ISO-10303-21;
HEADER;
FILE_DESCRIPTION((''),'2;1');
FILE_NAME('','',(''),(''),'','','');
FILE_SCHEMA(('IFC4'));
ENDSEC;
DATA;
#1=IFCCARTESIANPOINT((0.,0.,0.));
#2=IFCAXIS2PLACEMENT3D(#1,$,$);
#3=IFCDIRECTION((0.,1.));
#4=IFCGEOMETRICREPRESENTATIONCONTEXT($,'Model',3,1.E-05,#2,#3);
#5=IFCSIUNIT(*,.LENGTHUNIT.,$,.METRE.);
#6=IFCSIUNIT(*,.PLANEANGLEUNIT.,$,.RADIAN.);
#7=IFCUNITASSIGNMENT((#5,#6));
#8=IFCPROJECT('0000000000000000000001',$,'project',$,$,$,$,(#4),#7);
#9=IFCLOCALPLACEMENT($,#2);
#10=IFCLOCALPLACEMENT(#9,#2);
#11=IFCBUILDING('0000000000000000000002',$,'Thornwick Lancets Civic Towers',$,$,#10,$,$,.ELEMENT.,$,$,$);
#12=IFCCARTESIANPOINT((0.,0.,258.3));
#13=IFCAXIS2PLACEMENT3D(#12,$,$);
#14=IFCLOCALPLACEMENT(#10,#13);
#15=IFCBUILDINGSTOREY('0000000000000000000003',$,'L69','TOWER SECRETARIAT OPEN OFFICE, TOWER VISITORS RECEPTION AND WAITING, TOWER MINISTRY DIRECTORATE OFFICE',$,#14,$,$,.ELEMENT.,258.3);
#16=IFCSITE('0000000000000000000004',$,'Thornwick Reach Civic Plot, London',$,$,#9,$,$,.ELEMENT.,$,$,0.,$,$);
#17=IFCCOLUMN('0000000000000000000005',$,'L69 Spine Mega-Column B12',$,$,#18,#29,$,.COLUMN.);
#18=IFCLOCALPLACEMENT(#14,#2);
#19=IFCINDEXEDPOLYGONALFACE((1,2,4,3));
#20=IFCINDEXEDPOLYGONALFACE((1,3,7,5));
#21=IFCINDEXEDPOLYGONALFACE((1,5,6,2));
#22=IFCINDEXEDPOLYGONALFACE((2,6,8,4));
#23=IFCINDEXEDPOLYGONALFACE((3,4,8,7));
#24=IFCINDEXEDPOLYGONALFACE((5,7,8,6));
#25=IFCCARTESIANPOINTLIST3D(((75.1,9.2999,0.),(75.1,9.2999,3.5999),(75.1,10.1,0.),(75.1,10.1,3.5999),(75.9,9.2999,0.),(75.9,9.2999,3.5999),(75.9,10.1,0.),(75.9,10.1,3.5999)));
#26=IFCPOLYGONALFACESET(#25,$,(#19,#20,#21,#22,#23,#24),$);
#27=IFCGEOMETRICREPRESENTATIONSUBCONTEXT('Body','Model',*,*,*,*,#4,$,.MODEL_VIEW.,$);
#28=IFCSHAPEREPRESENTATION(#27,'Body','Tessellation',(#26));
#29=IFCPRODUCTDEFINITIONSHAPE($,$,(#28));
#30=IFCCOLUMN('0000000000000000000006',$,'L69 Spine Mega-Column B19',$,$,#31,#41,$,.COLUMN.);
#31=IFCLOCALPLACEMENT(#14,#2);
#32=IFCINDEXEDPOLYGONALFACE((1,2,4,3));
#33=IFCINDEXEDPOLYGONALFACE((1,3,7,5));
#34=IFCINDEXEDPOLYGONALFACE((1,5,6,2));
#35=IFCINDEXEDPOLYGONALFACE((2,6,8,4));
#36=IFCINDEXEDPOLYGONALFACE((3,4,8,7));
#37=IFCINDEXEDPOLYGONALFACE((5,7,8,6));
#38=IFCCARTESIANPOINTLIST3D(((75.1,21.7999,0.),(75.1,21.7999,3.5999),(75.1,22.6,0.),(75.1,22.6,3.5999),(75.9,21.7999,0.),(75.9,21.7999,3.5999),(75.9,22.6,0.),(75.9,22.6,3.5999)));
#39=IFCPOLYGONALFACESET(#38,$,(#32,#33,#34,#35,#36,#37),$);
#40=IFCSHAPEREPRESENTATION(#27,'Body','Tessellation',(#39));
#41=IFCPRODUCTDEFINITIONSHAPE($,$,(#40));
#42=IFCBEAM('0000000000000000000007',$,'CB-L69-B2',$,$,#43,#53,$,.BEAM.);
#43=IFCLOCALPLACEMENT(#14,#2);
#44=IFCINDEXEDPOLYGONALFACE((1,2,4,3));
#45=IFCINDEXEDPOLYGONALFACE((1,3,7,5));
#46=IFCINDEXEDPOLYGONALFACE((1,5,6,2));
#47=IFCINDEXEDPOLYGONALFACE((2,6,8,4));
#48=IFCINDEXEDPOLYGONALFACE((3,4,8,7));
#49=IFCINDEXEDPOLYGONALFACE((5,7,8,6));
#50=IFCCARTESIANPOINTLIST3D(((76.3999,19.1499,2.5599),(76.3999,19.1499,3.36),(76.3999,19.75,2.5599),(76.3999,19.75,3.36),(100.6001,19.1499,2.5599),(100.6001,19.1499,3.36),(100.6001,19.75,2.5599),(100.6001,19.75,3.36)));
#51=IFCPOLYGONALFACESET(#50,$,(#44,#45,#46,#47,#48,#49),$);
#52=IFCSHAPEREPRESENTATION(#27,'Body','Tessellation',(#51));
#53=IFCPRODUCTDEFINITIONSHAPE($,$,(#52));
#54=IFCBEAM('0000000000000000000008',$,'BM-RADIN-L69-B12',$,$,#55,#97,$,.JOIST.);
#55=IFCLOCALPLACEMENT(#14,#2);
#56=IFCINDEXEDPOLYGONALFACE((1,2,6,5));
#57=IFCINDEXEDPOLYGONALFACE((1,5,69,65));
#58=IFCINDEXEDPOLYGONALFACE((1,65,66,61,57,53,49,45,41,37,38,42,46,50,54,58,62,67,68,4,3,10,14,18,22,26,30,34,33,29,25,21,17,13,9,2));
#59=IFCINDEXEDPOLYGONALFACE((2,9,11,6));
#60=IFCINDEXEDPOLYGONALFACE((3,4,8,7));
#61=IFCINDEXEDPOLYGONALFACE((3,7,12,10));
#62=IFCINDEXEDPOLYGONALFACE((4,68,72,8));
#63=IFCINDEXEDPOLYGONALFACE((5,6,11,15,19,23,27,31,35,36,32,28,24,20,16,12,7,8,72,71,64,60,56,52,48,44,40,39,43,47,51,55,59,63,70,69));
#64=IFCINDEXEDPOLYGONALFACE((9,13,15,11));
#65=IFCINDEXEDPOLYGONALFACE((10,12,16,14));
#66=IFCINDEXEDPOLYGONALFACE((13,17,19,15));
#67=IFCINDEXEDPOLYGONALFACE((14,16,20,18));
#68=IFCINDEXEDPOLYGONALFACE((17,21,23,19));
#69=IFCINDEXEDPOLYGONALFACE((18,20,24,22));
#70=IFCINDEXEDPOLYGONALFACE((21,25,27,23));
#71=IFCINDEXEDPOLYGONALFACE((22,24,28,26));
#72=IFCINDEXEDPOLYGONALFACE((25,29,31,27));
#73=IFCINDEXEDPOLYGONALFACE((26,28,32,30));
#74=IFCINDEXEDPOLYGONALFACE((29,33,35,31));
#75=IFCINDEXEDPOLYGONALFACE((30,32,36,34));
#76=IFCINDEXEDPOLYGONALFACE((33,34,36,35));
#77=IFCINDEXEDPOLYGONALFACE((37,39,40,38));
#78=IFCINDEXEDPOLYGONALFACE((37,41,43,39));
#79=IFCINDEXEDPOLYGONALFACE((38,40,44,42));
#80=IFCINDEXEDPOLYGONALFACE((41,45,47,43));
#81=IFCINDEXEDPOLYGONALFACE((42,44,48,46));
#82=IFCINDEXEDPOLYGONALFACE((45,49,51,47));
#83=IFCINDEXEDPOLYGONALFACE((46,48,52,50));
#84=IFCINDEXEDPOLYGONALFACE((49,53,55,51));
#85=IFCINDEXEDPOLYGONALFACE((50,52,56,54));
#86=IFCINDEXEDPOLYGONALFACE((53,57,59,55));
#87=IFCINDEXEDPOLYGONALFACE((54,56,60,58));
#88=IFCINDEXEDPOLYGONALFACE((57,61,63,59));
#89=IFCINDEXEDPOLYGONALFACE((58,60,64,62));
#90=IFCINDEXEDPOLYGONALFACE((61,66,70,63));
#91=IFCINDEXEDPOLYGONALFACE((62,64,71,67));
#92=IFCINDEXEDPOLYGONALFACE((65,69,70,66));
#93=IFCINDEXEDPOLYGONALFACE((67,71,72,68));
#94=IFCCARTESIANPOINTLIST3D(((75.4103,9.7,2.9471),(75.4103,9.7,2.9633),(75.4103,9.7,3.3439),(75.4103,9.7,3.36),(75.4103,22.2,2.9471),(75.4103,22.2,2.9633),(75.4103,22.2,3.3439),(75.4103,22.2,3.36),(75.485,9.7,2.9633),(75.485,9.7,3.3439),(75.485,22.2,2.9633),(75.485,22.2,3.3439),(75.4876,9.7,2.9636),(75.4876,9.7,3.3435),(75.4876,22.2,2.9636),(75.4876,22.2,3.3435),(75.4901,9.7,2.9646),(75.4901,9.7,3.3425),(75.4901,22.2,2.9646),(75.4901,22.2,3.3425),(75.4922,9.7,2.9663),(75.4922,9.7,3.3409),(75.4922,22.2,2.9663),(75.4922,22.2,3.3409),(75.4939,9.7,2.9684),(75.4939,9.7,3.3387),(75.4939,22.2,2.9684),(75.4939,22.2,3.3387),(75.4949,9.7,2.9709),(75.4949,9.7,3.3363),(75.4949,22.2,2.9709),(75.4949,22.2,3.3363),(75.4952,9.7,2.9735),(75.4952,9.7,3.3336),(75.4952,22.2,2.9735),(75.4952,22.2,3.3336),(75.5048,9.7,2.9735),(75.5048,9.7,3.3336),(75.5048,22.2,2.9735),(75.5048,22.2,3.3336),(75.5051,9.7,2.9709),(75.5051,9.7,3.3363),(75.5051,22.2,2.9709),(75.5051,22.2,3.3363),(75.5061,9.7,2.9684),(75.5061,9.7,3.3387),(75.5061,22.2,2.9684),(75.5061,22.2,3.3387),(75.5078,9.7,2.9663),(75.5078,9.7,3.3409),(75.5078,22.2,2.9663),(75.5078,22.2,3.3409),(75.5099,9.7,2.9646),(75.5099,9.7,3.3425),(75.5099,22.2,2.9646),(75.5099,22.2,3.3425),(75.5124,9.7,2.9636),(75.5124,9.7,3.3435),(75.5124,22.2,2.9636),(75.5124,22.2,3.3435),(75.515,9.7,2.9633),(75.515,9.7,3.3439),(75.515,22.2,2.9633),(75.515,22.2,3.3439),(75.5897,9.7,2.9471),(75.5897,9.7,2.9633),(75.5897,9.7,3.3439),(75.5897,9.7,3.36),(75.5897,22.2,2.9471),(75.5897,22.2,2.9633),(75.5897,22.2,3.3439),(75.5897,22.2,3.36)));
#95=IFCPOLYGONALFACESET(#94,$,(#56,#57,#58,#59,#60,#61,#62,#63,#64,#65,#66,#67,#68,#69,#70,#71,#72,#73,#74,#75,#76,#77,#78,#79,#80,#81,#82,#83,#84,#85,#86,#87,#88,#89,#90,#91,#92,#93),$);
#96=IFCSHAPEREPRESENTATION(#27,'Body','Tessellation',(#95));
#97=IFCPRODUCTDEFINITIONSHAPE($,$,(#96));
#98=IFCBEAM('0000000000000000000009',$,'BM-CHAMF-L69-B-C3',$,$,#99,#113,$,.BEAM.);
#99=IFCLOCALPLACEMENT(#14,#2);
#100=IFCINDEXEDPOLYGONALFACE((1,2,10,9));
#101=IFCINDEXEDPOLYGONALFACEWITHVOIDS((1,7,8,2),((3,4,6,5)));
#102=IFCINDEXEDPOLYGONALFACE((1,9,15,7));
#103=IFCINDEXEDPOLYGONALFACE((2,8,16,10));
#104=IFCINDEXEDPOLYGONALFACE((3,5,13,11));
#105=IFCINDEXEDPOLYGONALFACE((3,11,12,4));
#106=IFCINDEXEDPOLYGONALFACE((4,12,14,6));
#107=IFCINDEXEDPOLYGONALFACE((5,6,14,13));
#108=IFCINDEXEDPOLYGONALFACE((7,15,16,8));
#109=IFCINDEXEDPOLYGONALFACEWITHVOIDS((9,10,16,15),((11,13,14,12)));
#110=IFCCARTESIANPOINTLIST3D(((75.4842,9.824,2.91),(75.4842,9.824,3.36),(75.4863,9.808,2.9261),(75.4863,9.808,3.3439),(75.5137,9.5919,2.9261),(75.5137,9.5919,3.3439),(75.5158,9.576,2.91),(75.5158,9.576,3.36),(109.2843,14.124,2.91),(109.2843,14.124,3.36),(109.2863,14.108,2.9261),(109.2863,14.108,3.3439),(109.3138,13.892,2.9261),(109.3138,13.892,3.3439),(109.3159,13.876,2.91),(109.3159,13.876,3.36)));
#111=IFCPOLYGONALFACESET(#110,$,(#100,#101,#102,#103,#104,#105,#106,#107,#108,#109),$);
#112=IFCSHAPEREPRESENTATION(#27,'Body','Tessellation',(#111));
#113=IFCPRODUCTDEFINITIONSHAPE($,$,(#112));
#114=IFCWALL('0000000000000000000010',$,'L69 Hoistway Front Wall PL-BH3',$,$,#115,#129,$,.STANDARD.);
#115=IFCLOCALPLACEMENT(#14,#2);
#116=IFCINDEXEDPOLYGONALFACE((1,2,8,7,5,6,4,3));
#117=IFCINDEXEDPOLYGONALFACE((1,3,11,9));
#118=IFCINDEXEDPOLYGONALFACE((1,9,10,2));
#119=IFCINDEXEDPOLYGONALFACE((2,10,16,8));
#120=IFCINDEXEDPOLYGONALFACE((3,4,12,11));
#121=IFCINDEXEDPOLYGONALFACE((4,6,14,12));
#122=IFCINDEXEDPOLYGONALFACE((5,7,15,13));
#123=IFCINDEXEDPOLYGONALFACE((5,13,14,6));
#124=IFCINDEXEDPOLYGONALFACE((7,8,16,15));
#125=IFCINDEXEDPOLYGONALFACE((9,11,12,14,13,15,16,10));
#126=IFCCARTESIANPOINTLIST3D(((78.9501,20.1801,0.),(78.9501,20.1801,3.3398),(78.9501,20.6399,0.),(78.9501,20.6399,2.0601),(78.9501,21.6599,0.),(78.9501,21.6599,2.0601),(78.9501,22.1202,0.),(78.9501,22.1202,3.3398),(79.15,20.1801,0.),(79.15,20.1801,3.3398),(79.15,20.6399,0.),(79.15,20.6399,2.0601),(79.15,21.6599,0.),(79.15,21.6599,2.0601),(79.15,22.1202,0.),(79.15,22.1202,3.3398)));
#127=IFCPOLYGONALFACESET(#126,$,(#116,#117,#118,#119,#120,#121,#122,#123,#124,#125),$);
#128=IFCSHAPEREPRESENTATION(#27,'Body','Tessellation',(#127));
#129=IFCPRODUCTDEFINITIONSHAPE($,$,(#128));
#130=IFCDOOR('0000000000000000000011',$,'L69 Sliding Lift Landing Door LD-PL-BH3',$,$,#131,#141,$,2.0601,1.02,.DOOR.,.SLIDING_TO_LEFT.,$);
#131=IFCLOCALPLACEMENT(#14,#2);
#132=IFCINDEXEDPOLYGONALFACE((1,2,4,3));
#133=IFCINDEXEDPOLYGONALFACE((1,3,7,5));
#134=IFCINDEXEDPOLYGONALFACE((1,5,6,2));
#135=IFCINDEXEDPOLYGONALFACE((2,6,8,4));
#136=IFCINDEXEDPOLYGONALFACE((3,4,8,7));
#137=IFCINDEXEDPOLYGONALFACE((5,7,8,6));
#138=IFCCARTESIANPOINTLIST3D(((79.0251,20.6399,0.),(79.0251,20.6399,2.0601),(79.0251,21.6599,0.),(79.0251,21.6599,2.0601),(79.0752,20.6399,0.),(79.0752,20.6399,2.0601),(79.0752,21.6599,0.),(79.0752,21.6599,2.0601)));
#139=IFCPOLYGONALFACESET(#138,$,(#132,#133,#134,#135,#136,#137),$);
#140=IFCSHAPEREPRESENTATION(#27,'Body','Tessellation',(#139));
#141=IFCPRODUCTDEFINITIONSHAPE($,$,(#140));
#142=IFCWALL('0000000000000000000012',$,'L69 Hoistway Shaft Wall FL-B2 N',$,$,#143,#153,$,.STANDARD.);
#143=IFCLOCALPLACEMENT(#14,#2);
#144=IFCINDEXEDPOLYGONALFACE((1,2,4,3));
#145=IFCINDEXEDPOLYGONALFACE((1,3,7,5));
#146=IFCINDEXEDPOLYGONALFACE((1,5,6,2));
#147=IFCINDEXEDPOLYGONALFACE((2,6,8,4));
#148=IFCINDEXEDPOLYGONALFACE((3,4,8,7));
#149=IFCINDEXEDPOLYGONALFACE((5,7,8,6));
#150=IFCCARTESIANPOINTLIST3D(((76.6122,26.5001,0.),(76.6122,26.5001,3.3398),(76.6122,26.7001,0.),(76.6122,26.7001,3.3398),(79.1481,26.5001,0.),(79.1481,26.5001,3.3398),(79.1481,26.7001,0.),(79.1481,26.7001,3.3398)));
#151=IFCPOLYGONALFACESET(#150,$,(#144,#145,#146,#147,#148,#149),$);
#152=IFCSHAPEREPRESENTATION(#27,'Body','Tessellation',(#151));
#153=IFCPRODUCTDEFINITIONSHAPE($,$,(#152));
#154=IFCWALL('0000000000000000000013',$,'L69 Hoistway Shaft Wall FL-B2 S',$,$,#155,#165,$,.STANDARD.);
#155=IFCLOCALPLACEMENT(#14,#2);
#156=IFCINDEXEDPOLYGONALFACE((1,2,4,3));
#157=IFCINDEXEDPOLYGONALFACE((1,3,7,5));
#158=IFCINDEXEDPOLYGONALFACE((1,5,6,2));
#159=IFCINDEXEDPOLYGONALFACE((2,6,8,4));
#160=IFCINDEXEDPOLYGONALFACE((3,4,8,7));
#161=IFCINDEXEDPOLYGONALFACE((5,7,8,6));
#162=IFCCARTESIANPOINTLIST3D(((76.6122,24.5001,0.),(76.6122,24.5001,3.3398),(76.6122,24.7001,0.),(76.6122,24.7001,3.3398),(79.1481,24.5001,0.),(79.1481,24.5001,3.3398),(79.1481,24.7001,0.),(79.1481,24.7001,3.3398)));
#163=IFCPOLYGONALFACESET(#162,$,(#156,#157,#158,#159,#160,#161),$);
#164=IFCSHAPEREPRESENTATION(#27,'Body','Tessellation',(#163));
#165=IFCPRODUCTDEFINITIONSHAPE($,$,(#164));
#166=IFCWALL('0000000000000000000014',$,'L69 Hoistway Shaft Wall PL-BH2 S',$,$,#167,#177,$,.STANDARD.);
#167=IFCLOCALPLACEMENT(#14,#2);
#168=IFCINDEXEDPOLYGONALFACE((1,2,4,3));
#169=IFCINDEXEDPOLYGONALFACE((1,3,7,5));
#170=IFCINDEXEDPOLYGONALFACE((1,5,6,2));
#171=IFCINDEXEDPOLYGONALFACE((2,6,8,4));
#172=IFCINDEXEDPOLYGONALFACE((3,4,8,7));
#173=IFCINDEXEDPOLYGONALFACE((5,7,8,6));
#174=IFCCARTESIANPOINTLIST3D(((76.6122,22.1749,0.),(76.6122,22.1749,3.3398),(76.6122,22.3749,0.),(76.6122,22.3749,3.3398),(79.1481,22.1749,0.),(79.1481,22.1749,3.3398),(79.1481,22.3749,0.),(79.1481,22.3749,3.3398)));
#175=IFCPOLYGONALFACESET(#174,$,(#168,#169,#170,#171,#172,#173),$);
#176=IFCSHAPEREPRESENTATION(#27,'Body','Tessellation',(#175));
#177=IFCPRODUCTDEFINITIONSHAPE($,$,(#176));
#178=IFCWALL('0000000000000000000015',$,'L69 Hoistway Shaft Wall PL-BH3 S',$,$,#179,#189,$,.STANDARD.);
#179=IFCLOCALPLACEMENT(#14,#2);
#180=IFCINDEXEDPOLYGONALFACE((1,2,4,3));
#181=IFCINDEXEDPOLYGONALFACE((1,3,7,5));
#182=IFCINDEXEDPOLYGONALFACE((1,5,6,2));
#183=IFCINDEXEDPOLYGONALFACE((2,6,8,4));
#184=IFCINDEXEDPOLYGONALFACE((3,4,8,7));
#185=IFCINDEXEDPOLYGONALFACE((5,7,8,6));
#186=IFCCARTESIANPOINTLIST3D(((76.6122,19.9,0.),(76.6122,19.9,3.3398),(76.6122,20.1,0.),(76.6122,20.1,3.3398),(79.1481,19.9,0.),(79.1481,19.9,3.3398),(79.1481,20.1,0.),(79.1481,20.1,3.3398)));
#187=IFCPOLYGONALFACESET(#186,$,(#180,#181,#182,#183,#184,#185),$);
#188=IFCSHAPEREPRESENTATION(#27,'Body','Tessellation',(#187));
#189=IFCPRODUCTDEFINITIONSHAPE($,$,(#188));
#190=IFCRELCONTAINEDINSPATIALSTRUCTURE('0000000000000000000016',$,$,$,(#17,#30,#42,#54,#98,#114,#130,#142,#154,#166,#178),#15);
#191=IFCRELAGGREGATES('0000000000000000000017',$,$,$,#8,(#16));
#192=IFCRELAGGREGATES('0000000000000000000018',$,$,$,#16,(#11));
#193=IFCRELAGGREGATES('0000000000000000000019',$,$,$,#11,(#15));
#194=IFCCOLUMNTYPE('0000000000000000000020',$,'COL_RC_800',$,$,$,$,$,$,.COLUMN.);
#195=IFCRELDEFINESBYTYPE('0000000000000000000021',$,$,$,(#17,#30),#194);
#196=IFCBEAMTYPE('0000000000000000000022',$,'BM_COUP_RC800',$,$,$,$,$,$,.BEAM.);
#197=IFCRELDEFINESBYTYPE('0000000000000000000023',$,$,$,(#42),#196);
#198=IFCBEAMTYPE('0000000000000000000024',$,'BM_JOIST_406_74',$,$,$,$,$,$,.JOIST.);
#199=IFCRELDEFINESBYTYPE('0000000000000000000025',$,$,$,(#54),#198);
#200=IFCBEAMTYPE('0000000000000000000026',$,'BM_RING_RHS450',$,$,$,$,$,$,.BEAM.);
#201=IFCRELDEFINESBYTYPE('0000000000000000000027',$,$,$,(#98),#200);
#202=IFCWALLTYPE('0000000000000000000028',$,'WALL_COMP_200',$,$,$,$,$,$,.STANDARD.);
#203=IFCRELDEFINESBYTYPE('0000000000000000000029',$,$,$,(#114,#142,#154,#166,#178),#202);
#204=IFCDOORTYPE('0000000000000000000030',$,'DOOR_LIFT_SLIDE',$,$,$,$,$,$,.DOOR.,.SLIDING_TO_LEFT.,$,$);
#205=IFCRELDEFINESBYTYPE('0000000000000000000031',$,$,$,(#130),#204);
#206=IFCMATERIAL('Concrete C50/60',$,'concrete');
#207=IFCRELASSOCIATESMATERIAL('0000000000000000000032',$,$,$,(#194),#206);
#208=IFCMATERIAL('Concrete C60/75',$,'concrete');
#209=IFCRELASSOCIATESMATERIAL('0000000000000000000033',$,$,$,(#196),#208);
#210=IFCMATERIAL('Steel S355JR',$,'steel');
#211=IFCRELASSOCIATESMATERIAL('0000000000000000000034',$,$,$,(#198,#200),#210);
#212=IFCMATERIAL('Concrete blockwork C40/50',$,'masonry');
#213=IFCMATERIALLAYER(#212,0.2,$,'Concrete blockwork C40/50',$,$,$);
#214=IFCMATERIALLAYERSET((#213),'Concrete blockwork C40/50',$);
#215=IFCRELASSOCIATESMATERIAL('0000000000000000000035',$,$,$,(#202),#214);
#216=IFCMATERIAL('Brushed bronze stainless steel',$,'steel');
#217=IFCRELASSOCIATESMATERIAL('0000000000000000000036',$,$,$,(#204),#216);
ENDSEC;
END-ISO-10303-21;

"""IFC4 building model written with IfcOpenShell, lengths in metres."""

from ifc_helpers import new_model, si_unit, direction, frame, frame_2d, origin, origin_2d, place, context, subcontext, project, spatial, rectangle, hollow_rectangle, i_section, extrude, material, layer, layer_set, material_profile, profile_set, type_object, element, fill, save


model = new_model("IFC4")

# Units and contexts
model_context = context("Model", 3, precision=1e-05, world=origin(), true_north=direction((0.0, 1.0)))
body_context = subcontext(model_context, "Body", "Model", "MODEL_VIEW")
ifc_project = project(units=[si_unit("LENGTHUNIT", "METRE"), si_unit("PLANEANGLEUNIT", "RADIAN")], contexts=[model_context])

# Site, building, storey
site_placement = place(None, origin())
site = spatial("IfcSite", under=ifc_project, at=site_placement, Name="Thornwick Reach Civic Plot, London", CompositionType="ELEMENT", RefElevation=0.0)
building_placement = place(site_placement, origin())
building = spatial("IfcBuilding", under=site, at=building_placement, Name="Thornwick Lancets Civic Towers", CompositionType="ELEMENT")
storey_placement = place(building_placement, frame((0.0, 0.0, 258.3)))
storey = spatial("IfcBuildingStorey", under=building, at=storey_placement, Name="L69", Description="TOWER SECRETARIAT OPEN OFFICE, TOWER VISITORS RECEPTION AND WAITING, TOWER MINISTRY DIRECTORATE OFFICE", CompositionType="ELEMENT", Elevation=258.3)

# Columns
ifc_material_1 = material(Name="Concrete C50/60", Category="concrete")
ifc_material_profile_1 = material_profile(ifc_material_1, rectangle(XDim=0.8, YDim=0.8, at=origin_2d()), Name="RC 800x800")
ifc_profile_set_1 = profile_set([ifc_material_profile_1], Name="Concrete C50/60")
column_type = type_object("IfcColumnType", Name="COL_RC_800", PredefinedType="COLUMN", material=ifc_profile_set_1)
for number, where, z_axis, x_axis, name in (
    (1, (75.5, 9.7, 0.0), (0.0, 0.0, 1.0), (1.0, 0.0, 0.0), "L69 Spine Mega-Column B12"),
    (2, (75.5, 22.2, 0.0), (0.0, 0.0, 1.0), (1.0, 0.0, 0.0), "L69 Spine Mega-Column B19"),
):
    element("IfcColumn", number, at=place(storey_placement, frame(where, z_axis=z_axis, x_axis=x_axis)), inside=storey, type_object=column_type, Name=name, PredefinedType="COLUMN", context=body_context, shape_type="SweptSolid", body=[
        extrude(rectangle(XDim=0.8, YDim=0.8, at=origin_2d()), origin(), (0.0, 0.0, 1.0), 3.5999),
    ])

# Beams
ifc_material_2 = material(Name="Concrete C60/75", Category="concrete")
ifc_material_profile_2 = material_profile(ifc_material_2, rectangle(XDim=0.6001, YDim=0.8, at=origin_2d()), Name="RC 600x800")
ifc_profile_set_2 = profile_set([ifc_material_profile_2], Name="Concrete C60/75")
beam_type_1 = type_object("IfcBeamType", Name="BM_COUP_RC800", PredefinedType="BEAM", material=ifc_profile_set_2)
beam_1_placement = place(storey_placement, frame((76.3999, 19.45, 2.96), z_axis=(1.0, 0.0, 0.0), x_axis=(0.0, 1.0, 0.0)))
element("IfcBeam", 3, at=beam_1_placement, inside=storey, type_object=beam_type_1, Name="CB-L69-B2", PredefinedType="BEAM", context=body_context, shape_type="SweptSolid", body=[
    extrude(rectangle(XDim=0.6001, YDim=0.8, at=origin_2d()), origin(), (0.0, 0.0, 1.0), 24.2002),
])
ifc_material_3 = material(Name="Steel S355JR", Category="steel")
ifc_material_profile_3 = material_profile(ifc_material_3, i_section(OverallWidth=0.1794, OverallDepth=0.4128, WebThickness=0.0095, FlangeThickness=0.0161, FilletRadius=0.0103, at=origin_2d()), Name="UKB 406x178x74")
ifc_profile_set_3 = profile_set([ifc_material_profile_3], Name="Steel S355JR")
beam_type_2 = type_object("IfcBeamType", Name="BM_JOIST_406_74", PredefinedType="JOIST", material=ifc_profile_set_3)
beam_2_placement = place(storey_placement, frame((75.5, 22.2, 3.1536), z_axis=(0.0, -1.0, 0.0), x_axis=(1.0, 0.0, 0.0)))
element("IfcBeam", 4, at=beam_2_placement, inside=storey, type_object=beam_type_2, Name="BM-RADIN-L69-B12", PredefinedType="JOIST", context=body_context, shape_type="SweptSolid", body=[
    extrude(i_section(OverallWidth=0.1794, OverallDepth=0.4128, WebThickness=0.0095, FlangeThickness=0.0161, FilletRadius=0.0103, at=origin_2d()), origin(), (0.0, 0.0, 1.0), 12.5),
])
ifc_material_profile_4 = material_profile(ifc_material_3, hollow_rectangle(XDim=0.25, YDim=0.45, WallThickness=0.0161, at=origin_2d()), Name="RHS 450x250x16")
ifc_profile_set_4 = profile_set([ifc_material_profile_4], Name="Steel S355JR")
beam_type_3 = type_object("IfcBeamType", Name="BM_RING_RHS450", PredefinedType="BEAM", material=ifc_profile_set_4)
beam_3_placement = place(storey_placement, frame((75.5, 9.7, 3.135), z_axis=(0.992004, 0.126203, 0.0), x_axis=(-0.126203, 0.992004, 0.0)))
element("IfcBeam", 5, at=beam_3_placement, inside=storey, type_object=beam_type_3, Name="BM-CHAMF-L69-B-C3", PredefinedType="BEAM", context=body_context, shape_type="SweptSolid", body=[
    extrude(hollow_rectangle(XDim=0.25, YDim=0.45, WallThickness=0.0161, at=origin_2d()), origin(), (0.0, 0.0, 1.0), 34.0725),
])

# Wall, opening, door
ifc_material_4 = material(Name="Concrete blockwork C40/50", Category="masonry")
ifc_layer_1 = layer(ifc_material_4, 0.2, Name="Concrete blockwork C40/50")
ifc_layer_set_1 = layer_set([ifc_layer_1], Name="Concrete blockwork C40/50")
wall_type_1 = type_object("IfcWallType", Name="WALL_COMP_200", PredefinedType="STANDARD", material=ifc_layer_set_1)
wall_1_placement = place(storey_placement, frame((79.05, 20.1799, 0.0), z_axis=(0.0, 0.0, 1.0), x_axis=(0.0, 1.0, 0.0)))
wall_1 = element("IfcWall", 6, at=wall_1_placement, inside=storey, type_object=wall_type_1, Name="L69 Hoistway Front Wall PL-BH3", PredefinedType="STANDARD", context=body_context, shape_type="SweptSolid", body=[
    extrude(rectangle(XDim=1.9402, YDim=0.2, at=frame_2d((0.9702, 0.0))), origin(), (0.0, 0.0, 1.0), 3.3398),
])
opening_placement = place(wall_1_placement, frame((0.46, 0.0, 0.0)))
opening = element("IfcOpeningElement", 7, at=opening_placement, cuts=wall_1, PredefinedType="OPENING", context=body_context, shape_type="SweptSolid", body=[
    extrude(rectangle(XDim=1.02, YDim=2.0601, at=frame_2d((0.51, 1.03))), frame((0.0, 0.1099, 0.0), z_axis=(0.0, -1.0, 0.0), x_axis=(1.0, 0.0, 0.0)), (0.0, 0.0, 1.0), 0.22),
])
ifc_material_5 = material(Name="Brushed bronze stainless steel", Category="steel")
door_type = type_object("IfcDoorType", Name="DOOR_LIFT_SLIDE", OperationType="SLIDING_TO_LEFT", PredefinedType="DOOR", material=ifc_material_5)
door_placement = place(opening_placement, origin())
door = element("IfcDoor", 8, at=door_placement, inside=storey, type_object=door_type, Name="L69 Sliding Lift Landing Door LD-PL-BH3", OperationType="SLIDING_TO_LEFT", OverallHeight=2.0601, OverallWidth=1.02, PredefinedType="DOOR", context=body_context, shape_type="SweptSolid", body=[
    extrude(rectangle(XDim=1.02, YDim=2.0601, at=frame_2d((0.51, 1.03))), frame((0.0, 0.0249, 0.0), z_axis=(0.0, -1.0, 0.0), x_axis=(1.0, 0.0, 0.0)), (0.0, 0.0, 1.0), 0.05),
])
fill(opening, door)

# Walls
for number, where, z_axis, x_axis, name in (
    (9, (76.6121, 26.6001, 0.0), (0.0, 0.0, 1.0), (1.0, 0.0, 0.0), "L69 Hoistway Shaft Wall FL-B2 N"),
    (10, (76.6121, 24.6001, 0.0), (0.0, 0.0, 1.0), (1.0, 0.0, 0.0), "L69 Hoistway Shaft Wall FL-B2 S"),
    (11, (76.6121, 22.2749, 0.0), (0.0, 0.0, 1.0), (1.0, 0.0, 0.0), "L69 Hoistway Shaft Wall PL-BH2 S"),
    (12, (76.6121, 20.0, 0.0), (0.0, 0.0, 1.0), (1.0, 0.0, 0.0), "L69 Hoistway Shaft Wall PL-BH3 S"),
):
    element("IfcWall", number, at=place(storey_placement, frame(where, z_axis=z_axis, x_axis=x_axis)), inside=storey, type_object=wall_type_1, Name=name, PredefinedType="STANDARD", context=body_context, shape_type="SweptSolid", body=[
        extrude(rectangle(XDim=2.5359, YDim=0.2, at=frame_2d((1.2681, 0.0))), origin(), (0.0, 0.0, 1.0), 3.3398),
    ])

save(model, "model.ifc")
